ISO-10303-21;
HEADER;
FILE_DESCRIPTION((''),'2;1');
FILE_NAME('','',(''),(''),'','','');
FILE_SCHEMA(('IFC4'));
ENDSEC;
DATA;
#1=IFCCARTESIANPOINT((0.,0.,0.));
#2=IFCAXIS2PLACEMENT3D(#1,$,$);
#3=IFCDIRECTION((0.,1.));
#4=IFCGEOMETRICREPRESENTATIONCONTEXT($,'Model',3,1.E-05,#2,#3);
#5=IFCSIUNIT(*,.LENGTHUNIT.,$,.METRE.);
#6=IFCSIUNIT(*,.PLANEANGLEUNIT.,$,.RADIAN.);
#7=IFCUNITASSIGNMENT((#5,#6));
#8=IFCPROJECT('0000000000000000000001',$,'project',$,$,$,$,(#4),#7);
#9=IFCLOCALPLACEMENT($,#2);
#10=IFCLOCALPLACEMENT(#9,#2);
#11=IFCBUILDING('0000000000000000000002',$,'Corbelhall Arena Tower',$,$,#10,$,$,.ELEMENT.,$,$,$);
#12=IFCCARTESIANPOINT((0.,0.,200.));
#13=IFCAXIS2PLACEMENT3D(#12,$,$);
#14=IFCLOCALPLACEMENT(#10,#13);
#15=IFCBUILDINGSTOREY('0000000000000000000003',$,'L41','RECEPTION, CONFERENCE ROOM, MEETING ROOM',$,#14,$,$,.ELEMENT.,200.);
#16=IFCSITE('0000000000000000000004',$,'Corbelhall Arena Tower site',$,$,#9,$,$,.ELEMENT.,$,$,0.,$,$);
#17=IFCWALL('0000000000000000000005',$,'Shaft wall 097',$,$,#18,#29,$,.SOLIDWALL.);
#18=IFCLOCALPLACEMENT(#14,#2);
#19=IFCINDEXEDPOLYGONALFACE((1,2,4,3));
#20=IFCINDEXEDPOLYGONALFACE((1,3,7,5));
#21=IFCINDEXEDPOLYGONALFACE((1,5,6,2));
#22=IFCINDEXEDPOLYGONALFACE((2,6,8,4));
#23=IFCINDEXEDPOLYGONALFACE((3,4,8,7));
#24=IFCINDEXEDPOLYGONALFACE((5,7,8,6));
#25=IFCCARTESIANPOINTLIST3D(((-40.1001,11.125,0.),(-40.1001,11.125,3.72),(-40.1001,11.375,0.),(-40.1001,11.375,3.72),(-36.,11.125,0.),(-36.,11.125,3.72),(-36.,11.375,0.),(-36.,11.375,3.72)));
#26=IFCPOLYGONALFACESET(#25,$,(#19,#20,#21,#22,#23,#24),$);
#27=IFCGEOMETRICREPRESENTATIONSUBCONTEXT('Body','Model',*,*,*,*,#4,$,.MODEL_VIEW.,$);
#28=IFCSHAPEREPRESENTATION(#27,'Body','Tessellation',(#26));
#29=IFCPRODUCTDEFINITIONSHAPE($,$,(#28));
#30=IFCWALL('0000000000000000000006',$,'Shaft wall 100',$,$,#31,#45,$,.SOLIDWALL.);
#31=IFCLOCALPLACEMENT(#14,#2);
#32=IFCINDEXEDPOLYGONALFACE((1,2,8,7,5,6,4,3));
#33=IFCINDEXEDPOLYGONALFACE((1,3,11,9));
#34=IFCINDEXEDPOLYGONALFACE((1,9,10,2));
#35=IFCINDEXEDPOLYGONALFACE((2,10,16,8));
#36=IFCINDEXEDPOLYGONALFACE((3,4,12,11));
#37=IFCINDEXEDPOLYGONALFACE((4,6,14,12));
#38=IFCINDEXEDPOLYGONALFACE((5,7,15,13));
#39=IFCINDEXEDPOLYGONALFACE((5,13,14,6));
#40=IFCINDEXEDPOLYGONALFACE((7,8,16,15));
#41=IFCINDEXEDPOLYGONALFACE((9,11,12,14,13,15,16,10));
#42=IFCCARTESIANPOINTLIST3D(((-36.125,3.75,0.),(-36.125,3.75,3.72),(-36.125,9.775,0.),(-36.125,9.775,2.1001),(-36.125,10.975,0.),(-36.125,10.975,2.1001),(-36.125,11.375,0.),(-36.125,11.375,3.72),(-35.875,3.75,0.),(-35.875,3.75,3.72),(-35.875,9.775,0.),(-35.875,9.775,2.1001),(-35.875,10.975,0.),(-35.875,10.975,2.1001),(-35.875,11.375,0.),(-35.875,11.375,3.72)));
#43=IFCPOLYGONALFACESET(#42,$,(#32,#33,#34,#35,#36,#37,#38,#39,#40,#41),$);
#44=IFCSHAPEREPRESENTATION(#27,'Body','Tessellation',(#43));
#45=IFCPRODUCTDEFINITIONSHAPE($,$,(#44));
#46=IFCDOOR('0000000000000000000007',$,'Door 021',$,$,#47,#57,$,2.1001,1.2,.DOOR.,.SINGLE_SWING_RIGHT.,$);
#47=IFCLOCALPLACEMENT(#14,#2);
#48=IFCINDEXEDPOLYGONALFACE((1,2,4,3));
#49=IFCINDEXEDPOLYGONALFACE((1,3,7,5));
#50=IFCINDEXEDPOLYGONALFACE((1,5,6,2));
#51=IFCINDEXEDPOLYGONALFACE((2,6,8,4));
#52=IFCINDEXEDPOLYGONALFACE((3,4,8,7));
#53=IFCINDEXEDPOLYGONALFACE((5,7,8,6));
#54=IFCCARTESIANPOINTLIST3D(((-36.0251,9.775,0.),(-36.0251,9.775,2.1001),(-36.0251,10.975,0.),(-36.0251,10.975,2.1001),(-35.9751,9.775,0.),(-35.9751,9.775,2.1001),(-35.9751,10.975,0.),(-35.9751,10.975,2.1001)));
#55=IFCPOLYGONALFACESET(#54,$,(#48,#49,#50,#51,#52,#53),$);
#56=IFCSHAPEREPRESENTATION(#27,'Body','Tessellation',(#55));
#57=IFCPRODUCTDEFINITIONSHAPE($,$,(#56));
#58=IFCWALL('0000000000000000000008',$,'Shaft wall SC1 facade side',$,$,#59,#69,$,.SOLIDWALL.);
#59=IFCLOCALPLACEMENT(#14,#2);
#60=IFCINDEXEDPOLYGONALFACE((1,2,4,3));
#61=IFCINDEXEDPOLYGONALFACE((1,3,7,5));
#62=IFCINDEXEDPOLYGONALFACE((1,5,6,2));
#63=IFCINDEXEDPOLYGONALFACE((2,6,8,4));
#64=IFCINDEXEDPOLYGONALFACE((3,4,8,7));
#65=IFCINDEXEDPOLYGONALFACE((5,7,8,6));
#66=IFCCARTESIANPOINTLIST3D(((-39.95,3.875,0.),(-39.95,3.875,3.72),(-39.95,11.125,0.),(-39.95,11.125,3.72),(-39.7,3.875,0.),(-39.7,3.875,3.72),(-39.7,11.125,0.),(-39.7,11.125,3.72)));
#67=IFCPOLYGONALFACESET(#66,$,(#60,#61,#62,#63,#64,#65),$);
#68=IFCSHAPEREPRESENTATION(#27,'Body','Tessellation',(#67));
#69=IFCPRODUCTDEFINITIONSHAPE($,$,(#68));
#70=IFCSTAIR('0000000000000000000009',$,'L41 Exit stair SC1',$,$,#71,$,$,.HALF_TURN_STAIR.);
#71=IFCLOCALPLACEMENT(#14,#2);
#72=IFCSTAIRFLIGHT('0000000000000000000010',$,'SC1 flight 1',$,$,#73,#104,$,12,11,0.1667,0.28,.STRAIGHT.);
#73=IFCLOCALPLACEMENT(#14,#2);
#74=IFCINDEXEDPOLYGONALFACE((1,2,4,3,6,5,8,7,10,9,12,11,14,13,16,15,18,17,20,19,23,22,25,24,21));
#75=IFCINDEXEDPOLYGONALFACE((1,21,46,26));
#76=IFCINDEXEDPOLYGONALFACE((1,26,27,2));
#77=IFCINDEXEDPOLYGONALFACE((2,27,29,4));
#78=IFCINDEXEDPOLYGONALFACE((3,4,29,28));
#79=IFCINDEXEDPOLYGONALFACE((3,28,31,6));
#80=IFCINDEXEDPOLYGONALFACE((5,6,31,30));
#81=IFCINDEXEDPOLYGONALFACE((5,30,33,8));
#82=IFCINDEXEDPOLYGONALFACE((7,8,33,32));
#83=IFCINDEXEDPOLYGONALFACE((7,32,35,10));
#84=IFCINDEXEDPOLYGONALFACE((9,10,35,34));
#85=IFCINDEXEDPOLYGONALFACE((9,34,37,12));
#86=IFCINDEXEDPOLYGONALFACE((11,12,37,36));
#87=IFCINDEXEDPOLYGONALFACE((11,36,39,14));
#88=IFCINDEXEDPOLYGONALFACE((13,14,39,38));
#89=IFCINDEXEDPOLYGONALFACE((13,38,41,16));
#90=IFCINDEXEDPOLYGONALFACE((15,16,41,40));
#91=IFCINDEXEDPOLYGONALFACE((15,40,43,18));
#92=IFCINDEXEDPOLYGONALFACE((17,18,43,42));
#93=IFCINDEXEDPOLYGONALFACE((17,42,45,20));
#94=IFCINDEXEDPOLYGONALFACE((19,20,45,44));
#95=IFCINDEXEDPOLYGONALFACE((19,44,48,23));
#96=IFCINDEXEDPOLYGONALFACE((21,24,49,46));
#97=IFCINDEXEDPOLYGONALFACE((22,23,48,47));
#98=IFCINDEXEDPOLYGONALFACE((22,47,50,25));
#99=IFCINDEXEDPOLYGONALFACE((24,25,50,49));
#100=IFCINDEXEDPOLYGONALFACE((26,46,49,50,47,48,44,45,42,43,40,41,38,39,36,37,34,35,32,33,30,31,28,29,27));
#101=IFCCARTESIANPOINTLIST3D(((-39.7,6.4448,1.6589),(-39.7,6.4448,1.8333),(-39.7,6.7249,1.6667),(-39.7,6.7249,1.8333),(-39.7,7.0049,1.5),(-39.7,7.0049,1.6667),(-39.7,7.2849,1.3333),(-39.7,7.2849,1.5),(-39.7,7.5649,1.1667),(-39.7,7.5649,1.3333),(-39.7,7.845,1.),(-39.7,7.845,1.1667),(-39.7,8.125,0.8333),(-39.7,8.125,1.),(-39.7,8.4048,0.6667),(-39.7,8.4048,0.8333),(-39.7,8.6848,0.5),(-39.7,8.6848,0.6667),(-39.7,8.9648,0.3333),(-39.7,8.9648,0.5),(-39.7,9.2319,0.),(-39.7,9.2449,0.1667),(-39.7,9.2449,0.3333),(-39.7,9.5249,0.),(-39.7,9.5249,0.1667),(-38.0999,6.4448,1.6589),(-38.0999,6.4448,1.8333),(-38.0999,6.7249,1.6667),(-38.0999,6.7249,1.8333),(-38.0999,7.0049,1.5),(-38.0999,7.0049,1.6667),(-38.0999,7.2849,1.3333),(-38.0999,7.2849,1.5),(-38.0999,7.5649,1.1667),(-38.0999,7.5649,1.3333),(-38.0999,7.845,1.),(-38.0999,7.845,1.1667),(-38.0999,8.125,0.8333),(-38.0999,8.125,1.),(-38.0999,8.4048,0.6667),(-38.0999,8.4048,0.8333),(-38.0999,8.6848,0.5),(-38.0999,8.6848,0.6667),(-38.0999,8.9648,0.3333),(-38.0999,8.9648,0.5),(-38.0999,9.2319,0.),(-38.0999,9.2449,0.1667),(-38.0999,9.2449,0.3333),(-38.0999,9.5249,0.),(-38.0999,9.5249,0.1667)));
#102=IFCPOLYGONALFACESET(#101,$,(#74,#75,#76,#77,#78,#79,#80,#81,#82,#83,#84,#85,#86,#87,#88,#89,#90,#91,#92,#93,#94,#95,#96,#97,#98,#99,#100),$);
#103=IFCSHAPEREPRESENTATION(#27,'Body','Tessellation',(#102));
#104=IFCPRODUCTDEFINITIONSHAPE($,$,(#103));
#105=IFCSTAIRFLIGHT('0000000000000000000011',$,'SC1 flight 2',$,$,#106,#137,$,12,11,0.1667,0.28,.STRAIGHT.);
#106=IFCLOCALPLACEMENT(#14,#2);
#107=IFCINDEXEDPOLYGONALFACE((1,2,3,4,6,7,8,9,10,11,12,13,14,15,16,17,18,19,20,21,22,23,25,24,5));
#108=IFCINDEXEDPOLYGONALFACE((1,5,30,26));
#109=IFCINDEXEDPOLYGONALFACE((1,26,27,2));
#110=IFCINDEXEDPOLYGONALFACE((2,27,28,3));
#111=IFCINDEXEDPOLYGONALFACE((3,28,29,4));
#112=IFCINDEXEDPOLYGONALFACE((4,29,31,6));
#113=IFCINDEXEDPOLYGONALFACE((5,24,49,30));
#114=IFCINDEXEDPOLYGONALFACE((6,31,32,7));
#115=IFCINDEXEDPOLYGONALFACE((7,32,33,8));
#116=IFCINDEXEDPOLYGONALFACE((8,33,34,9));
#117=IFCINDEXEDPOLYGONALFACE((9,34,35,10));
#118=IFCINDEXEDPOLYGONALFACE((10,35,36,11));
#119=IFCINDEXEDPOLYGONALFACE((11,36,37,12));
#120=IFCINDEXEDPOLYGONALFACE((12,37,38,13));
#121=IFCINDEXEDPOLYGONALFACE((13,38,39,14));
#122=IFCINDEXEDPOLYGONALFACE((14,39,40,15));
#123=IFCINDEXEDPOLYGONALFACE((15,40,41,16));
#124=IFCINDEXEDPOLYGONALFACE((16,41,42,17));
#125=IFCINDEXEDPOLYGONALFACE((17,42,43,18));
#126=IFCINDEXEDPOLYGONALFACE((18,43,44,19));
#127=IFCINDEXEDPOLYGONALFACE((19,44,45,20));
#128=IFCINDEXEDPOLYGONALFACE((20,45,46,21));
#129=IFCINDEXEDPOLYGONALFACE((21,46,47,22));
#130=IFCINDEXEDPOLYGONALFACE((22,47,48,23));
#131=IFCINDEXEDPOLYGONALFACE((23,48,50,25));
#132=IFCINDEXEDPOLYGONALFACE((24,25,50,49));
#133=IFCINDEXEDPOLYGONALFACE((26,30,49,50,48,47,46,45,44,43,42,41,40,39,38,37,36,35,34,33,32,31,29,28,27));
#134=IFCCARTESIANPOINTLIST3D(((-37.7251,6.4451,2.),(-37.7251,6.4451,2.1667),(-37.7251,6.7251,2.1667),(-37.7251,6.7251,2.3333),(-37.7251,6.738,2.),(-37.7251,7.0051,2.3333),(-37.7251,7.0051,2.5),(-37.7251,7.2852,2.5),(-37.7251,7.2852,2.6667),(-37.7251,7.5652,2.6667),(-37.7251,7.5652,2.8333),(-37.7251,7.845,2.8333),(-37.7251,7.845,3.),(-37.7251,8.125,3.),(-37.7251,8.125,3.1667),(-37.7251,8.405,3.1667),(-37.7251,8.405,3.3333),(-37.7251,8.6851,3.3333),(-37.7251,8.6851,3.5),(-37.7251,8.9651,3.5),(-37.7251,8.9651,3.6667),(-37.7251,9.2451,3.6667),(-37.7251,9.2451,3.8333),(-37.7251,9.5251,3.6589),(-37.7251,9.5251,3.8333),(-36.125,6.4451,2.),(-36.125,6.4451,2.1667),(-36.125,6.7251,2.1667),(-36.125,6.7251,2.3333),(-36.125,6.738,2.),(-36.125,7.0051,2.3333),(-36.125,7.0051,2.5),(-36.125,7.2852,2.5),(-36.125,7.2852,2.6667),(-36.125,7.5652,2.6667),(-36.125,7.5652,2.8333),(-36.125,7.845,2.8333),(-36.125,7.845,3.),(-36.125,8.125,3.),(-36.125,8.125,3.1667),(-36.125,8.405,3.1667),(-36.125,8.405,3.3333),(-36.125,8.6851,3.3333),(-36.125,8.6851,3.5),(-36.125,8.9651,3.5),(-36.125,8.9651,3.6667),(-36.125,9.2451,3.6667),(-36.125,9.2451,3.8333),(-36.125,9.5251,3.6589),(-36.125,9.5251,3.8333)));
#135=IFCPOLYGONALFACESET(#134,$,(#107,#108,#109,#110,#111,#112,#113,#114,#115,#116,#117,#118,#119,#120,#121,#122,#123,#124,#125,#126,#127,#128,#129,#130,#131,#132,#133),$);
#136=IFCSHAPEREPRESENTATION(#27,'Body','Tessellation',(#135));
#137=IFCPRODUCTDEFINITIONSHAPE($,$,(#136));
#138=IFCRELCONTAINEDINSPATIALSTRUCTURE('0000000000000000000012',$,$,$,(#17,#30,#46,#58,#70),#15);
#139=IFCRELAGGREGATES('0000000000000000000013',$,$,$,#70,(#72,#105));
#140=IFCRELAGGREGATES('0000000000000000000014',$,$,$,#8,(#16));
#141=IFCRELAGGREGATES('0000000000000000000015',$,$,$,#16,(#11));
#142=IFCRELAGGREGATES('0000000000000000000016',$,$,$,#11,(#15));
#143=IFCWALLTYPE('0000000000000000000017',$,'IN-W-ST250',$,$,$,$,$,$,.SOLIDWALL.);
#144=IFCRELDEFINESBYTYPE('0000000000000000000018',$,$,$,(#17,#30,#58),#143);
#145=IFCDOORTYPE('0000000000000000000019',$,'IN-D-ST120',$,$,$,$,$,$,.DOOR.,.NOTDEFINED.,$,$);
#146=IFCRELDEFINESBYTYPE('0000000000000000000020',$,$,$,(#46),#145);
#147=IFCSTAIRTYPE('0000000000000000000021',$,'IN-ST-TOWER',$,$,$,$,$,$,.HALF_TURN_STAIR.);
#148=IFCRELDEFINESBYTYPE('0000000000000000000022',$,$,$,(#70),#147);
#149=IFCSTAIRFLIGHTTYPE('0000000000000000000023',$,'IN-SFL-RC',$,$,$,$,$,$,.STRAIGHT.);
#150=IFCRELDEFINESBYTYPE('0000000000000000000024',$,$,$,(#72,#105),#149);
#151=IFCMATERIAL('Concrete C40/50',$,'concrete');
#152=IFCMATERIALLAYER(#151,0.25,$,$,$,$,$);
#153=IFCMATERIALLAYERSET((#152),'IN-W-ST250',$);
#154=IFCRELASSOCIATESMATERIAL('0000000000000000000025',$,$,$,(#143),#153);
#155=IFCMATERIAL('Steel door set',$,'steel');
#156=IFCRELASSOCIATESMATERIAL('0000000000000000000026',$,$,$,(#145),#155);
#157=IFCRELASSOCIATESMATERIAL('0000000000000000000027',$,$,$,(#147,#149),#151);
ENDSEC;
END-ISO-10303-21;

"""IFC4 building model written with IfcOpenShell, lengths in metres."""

from ifc_helpers import new_model, si_unit, direction, frame, frame_2d, origin, place, context, subcontext, project, spatial, polyline, rectangle, outline, extrude, material, layer, layer_set, type_object, element, fill, aggregate, save


model = new_model("IFC4")

# Units and contexts
model_context = context("Model", 3, precision=1e-05, world=origin(), true_north=direction((0.0, 1.0)))
body_context = subcontext(model_context, "Body", "Model", "MODEL_VIEW")
ifc_project = project(units=[si_unit("LENGTHUNIT", "METRE"), si_unit("PLANEANGLEUNIT", "RADIAN")], contexts=[model_context])

# Site, building, storey
site_placement = place(None, origin())
site = spatial("IfcSite", under=ifc_project, at=site_placement, Name="Corbelhall Arena Tower site", CompositionType="ELEMENT", RefElevation=0.0)
building_placement = place(site_placement, origin())
building = spatial("IfcBuilding", under=site, at=building_placement, Name="Corbelhall Arena Tower", CompositionType="ELEMENT")
storey_placement = place(building_placement, frame((0.0, 0.0, 200.0)))
storey = spatial("IfcBuildingStorey", under=building, at=storey_placement, Name="L41", Description="RECEPTION, CONFERENCE ROOM, MEETING ROOM", CompositionType="ELEMENT", Elevation=200.0)

# Shared definitions
ifc_material_1 = material(Name="Steel door set", Category="steel")

# Wall
ifc_material_2 = material(Name="Concrete C40/50", Category="concrete")
ifc_layer_1 = layer(ifc_material_2, 0.25)
ifc_layer_set_1 = layer_set([ifc_layer_1], Name="IN-W-ST250")
wall_type_1 = type_object("IfcWallType", Name="IN-W-ST250", PredefinedType="SOLIDWALL", material=ifc_layer_set_1)
wall_1_placement = place(storey_placement, frame((-40.1001, 11.25, 0.0), z_axis=(0.0, 0.0, 1.0), x_axis=(1.0, 0.0, 0.0)))
element("IfcWall", 1, at=wall_1_placement, inside=storey, type_object=wall_type_1, Name="Shaft wall 097", PredefinedType="SOLIDWALL", context=body_context, shape_type="SweptSolid", body=[
    extrude(rectangle(XDim=4.1001, YDim=0.25, at=frame_2d((2.05, 0.0))), origin(), (0.0, 0.0, 1.0), 3.72),
])

# Wall, opening, door
wall_2_placement = place(storey_placement, frame((-36.0, 11.375, 0.0), z_axis=(0.0, 0.0, 1.0), x_axis=(0.0, -1.0, 0.0)))
wall_2 = element("IfcWall", 2, at=wall_2_placement, inside=storey, type_object=wall_type_1, Name="Shaft wall 100", PredefinedType="SOLIDWALL", context=body_context, shape_type="SweptSolid", body=[
    extrude(rectangle(XDim=7.625, YDim=0.25, at=frame_2d((3.8125, 0.0))), origin(), (0.0, 0.0, 1.0), 3.72),
])
opening_1_placement = place(wall_2_placement, frame((0.3999, 0.0, 0.0)))
opening_1 = element("IfcOpeningElement", 3, at=opening_1_placement, cuts=wall_2, PredefinedType="OPENING", context=body_context, shape_type="SweptSolid", body=[
    extrude(rectangle(XDim=1.2, YDim=2.1001, at=frame_2d((0.6001, 1.05))), frame((0.0, 0.125, 0.0), z_axis=(0.0, -1.0, 0.0), x_axis=(1.0, 0.0, 0.0)), (0.0, 0.0, 1.0), 0.25),
])
door_type_1 = type_object("IfcDoorType", Name="IN-D-ST120", OperationType="NOTDEFINED", PredefinedType="DOOR", material=ifc_material_1)
door_1_placement = place(opening_1_placement, origin())
door_1 = element("IfcDoor", 4, at=door_1_placement, inside=storey, type_object=door_type_1, Name="Door 021", OperationType="SINGLE_SWING_RIGHT", OverallHeight=2.1001, OverallWidth=1.2, PredefinedType="DOOR", context=body_context, shape_type="SweptSolid", body=[
    extrude(rectangle(XDim=1.2, YDim=2.1001, at=frame_2d((0.6001, 1.05))), frame((0.0, 0.0249, 0.0), z_axis=(0.0, -1.0, 0.0), x_axis=(1.0, 0.0, 0.0)), (0.0, 0.0, 1.0), 0.05),
])
fill(opening_1, door_1)

# Wall
wall_3_placement = place(storey_placement, frame((-39.825, 3.875, 0.0), z_axis=(0.0, 0.0, 1.0), x_axis=(0.0, 1.0, 0.0)))
element("IfcWall", 5, at=wall_3_placement, inside=storey, type_object=wall_type_1, Name="Shaft wall SC1 facade side", PredefinedType="SOLIDWALL", context=body_context, shape_type="SweptSolid", body=[
    extrude(rectangle(XDim=7.25, YDim=0.25, at=frame_2d((3.625, 0.0))), origin(), (0.0, 0.0, 1.0), 3.72),
])

# Stair, stair flights
stair_type = type_object("IfcStairType", Name="IN-ST-TOWER", PredefinedType="HALF_TURN_STAIR", material=ifc_material_2)
stair_placement = place(storey_placement, origin())
stair = element("IfcStair", 6, at=stair_placement, inside=storey, type_object=stair_type, Name="L41 Exit stair SC1", PredefinedType="HALF_TURN_STAIR")
stair_flight_type = type_object("IfcStairFlightType", Name="IN-SFL-RC", PredefinedType="STRAIGHT", material=ifc_material_2)
stair_flight_1_placement = place(storey_placement, frame((-38.8999, 9.5249, 0.0), z_axis=(0.0, 0.0, 1.0), x_axis=(0.0, -1.0, 0.0)))
stair_flight_1 = element("IfcStairFlight", 7, at=stair_flight_1_placement, type_object=stair_flight_type, Name="SC1 flight 1", NumberOfRisers=12, NumberOfTreads=11, PredefinedType="STRAIGHT", RiserHeight=0.1667, TreadLength=0.28, context=body_context, shape_type="SweptSolid", body=[
    extrude(outline(polyline([(0.0, 0.0), (0.0, 0.1667), (0.28, 0.1667), (0.28, 0.3333), (0.5601, 0.3333), (0.5601, 0.5), (0.8401, 0.5), (0.8401, 0.6667), (1.1201, 0.6667), (1.1201, 0.8333), (1.3999, 0.8333), (1.3999, 1.0), (1.6799, 1.0), (1.6799, 1.1667), (1.96, 1.1667), (1.96, 1.3333), (2.24, 1.3333), (2.24, 1.5), (2.52, 1.5), (2.52, 1.6667), (2.8, 1.6667), (2.8, 1.8333), (3.0801, 1.8333), (3.0801, 2.0), (3.0801, 1.6589), (0.293, 0.0), (0.0, 0.0)])), frame((0.0, 0.8, 0.0), z_axis=(0.0, -1.0, 0.0), x_axis=(1.0, 0.0, 0.0)), (0.0, 0.0, 1.0), 1.6001),
])
stair_flight_2_placement = place(storey_placement, frame((-36.925, 6.4451, 2.0), z_axis=(0.0, 0.0, 1.0), x_axis=(0.0, 1.0, 0.0)))
stair_flight_2 = element("IfcStairFlight", 8, at=stair_flight_2_placement, type_object=stair_flight_type, Name="SC1 flight 2", NumberOfRisers=12, NumberOfTreads=11, PredefinedType="STRAIGHT", RiserHeight=0.1667, TreadLength=0.28, context=body_context, shape_type="SweptSolid", body=[
    extrude(outline(polyline([(0.0, 0.0), (0.0, 0.1667), (0.28, 0.1667), (0.28, 0.3333), (0.5601, 0.3333), (0.5601, 0.5), (0.8401, 0.5), (0.8401, 0.6667), (1.1201, 0.6667), (1.1201, 0.8333), (1.3999, 0.8333), (1.3999, 1.0), (1.6799, 1.0), (1.6799, 1.1667), (1.96, 1.1667), (1.96, 1.3333), (2.24, 1.3333), (2.24, 1.5), (2.52, 1.5), (2.52, 1.6667), (2.8, 1.6667), (2.8, 1.8333), (3.0801, 1.8333), (3.0801, 2.0), (3.0801, 1.6589), (0.293, 0.0), (0.0, 0.0)])), frame((0.0, 0.8, 0.0), z_axis=(0.0, -1.0, 0.0), x_axis=(1.0, 0.0, 0.0)), (0.0, 0.0, 1.0), 1.6001),
])
aggregate(stair, [stair_flight_1, stair_flight_2])

save(model, "model.ifc")
